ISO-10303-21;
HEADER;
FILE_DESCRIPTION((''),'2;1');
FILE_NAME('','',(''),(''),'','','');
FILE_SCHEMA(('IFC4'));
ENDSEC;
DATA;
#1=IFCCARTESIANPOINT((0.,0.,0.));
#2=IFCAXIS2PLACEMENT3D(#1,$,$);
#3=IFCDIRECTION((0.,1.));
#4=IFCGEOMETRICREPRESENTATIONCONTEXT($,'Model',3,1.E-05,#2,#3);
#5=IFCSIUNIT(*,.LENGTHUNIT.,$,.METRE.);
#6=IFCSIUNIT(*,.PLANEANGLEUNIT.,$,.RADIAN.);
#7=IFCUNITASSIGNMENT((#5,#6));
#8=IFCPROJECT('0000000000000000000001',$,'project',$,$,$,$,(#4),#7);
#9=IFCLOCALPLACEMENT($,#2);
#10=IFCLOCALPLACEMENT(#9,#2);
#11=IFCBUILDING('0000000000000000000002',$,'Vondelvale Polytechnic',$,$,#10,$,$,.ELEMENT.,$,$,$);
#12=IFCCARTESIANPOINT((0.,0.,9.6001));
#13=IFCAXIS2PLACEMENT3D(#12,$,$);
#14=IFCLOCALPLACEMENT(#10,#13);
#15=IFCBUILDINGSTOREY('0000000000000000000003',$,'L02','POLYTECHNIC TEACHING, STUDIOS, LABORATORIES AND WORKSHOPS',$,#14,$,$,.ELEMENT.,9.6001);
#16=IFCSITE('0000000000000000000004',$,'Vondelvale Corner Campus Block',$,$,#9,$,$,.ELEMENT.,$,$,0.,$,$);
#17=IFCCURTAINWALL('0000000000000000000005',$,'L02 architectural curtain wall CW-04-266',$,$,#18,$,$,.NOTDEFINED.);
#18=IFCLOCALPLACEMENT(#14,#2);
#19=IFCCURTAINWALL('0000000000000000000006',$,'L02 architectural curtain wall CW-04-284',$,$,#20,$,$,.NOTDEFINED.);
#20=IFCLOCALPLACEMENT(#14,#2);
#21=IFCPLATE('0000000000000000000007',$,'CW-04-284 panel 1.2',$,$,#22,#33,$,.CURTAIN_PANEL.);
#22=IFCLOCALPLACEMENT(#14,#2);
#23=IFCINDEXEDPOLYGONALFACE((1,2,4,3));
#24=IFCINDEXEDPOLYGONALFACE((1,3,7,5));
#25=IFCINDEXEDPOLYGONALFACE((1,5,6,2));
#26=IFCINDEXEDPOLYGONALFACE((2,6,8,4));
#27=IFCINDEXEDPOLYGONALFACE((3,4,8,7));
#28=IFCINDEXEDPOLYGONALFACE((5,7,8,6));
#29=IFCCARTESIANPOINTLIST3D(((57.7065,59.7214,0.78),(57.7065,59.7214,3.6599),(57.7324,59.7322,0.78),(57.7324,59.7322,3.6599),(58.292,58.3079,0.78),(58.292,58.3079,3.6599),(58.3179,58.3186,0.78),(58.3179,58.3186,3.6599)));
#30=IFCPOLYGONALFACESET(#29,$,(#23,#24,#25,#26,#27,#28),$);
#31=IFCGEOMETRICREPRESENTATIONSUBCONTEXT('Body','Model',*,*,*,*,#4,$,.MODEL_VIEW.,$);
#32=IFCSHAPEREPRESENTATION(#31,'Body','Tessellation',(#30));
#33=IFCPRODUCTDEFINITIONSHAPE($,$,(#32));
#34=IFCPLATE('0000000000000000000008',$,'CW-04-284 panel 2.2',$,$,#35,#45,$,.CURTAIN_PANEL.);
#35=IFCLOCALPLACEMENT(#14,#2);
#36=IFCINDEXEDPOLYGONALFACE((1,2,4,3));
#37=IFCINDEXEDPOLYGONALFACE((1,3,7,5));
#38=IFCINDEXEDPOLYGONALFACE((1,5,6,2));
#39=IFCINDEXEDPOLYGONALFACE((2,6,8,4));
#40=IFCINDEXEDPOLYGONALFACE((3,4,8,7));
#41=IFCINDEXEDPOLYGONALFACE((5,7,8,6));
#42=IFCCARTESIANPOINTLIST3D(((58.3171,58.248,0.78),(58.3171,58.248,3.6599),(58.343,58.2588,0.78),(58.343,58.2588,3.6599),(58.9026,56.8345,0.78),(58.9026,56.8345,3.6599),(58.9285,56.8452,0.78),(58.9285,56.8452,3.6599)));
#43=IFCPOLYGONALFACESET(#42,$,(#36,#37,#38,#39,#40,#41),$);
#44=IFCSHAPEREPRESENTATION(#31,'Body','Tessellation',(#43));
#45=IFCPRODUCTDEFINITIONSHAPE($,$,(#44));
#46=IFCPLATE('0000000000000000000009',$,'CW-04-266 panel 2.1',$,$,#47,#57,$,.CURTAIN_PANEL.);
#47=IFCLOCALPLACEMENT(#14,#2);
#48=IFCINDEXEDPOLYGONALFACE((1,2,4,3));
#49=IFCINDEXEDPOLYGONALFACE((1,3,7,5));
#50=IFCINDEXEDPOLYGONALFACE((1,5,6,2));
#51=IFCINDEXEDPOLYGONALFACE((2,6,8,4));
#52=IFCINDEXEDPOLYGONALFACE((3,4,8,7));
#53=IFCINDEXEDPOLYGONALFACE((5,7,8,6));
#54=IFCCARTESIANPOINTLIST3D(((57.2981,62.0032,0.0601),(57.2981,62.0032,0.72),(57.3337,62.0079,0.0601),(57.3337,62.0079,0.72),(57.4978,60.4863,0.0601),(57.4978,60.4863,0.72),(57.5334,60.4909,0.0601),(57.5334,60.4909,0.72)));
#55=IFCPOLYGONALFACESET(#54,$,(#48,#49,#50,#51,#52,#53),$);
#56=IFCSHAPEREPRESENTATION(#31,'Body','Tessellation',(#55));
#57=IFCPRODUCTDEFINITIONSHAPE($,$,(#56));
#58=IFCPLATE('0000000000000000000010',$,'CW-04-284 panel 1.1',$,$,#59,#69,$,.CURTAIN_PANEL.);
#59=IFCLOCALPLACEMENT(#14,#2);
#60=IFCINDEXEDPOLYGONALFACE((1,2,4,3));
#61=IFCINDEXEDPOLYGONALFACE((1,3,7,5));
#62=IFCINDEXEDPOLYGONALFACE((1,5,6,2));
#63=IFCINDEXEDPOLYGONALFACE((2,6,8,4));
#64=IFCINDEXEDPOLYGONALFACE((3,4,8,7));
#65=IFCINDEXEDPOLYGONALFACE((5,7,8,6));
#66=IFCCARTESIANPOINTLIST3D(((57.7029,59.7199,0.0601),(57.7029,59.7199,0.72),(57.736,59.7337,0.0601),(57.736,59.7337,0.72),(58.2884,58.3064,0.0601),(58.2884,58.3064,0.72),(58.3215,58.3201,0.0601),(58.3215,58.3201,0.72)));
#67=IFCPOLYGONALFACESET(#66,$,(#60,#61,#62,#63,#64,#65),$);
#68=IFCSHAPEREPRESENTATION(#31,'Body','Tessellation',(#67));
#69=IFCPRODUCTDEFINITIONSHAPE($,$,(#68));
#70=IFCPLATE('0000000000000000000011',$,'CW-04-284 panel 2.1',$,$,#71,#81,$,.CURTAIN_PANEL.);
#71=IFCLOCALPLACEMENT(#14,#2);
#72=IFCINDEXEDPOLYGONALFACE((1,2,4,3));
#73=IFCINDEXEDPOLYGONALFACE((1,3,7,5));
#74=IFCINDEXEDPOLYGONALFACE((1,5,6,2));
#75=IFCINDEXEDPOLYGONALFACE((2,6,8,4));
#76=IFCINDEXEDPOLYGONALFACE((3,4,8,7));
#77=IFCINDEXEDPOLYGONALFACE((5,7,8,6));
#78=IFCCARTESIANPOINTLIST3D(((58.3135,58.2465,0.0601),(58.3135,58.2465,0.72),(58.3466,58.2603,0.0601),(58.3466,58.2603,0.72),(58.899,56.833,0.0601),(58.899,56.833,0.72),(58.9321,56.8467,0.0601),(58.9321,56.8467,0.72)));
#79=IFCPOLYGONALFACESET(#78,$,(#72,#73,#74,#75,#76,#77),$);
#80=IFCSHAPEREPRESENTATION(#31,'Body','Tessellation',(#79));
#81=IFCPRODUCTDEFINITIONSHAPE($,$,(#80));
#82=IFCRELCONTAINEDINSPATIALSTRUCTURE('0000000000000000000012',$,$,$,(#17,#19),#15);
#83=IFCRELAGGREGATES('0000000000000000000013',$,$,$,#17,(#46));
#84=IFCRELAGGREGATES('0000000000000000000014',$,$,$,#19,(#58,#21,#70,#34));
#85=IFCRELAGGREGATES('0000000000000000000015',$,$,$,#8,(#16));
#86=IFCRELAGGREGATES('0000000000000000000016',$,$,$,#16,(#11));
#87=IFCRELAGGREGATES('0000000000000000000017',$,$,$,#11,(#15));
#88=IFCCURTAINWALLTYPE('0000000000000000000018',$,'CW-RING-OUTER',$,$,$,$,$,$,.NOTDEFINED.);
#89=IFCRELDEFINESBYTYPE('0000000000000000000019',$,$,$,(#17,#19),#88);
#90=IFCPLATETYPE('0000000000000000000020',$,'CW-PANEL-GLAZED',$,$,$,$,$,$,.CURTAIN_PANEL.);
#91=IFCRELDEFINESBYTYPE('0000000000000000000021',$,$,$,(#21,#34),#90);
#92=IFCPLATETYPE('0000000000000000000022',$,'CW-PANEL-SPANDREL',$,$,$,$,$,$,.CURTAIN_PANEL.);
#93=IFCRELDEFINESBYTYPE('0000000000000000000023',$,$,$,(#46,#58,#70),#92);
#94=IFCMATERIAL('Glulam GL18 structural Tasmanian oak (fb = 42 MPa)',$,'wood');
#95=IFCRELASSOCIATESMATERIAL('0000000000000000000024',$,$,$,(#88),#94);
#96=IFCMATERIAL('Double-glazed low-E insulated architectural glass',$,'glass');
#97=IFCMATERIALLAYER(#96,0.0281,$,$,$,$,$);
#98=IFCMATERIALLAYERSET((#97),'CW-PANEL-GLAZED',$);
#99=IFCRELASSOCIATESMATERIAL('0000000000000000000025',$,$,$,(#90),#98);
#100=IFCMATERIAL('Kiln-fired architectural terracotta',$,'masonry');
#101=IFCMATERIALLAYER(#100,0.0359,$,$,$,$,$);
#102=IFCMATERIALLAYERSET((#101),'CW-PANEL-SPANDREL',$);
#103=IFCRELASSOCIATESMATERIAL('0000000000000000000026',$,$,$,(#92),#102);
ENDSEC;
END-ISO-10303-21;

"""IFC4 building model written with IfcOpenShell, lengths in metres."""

from ifc_helpers import new_model, si_unit, direction, frame, origin, origin_2d, place, context, subcontext, project, spatial, rectangle, extrude, material, layer, layer_set, type_object, element, aggregate, save


model = new_model("IFC4")

# Units and contexts
model_context = context("Model", 3, precision=1e-05, world=origin(), true_north=direction((0.0, 1.0)))
body_context = subcontext(model_context, "Body", "Model", "MODEL_VIEW")
ifc_project = project(units=[si_unit("LENGTHUNIT", "METRE"), si_unit("PLANEANGLEUNIT", "RADIAN")], contexts=[model_context])

# Site, building, storey
site_placement = place(None, origin())
site = spatial("IfcSite", under=ifc_project, at=site_placement, Name="Vondelvale Corner Campus Block", CompositionType="ELEMENT", RefElevation=0.0)
building_placement = place(site_placement, origin())
building = spatial("IfcBuilding", under=site, at=building_placement, Name="Vondelvale Polytechnic", CompositionType="ELEMENT")
storey_placement = place(building_placement, frame((0.0, 0.0, 9.6001)))
storey = spatial("IfcBuildingStorey", under=building, at=storey_placement, Name="L02", Description="POLYTECHNIC TEACHING, STUDIOS, LABORATORIES AND WORKSHOPS", CompositionType="ELEMENT", Elevation=9.6001)

# Shared definitions
ifc_material_1 = material(Name="Glulam GL18 structural Tasmanian oak (fb = 42 MPa)", Category="wood")

# Curtain wall
curtain_wall_type = type_object("IfcCurtainWallType", Name="CW-RING-OUTER", PredefinedType="NOTDEFINED", material=ifc_material_1)
curtain_wall_1_placement = place(storey_placement, origin())
curtain_wall_1 = element("IfcCurtainWall", 1, at=curtain_wall_1_placement, inside=storey, type_object=curtain_wall_type, Name="L02 architectural curtain wall CW-04-266", PredefinedType="NOTDEFINED")

# Curtain wall
curtain_wall_2_placement = place(storey_placement, origin())
curtain_wall_2 = element("IfcCurtainWall", 2, at=curtain_wall_2_placement, inside=storey, type_object=curtain_wall_type, Name="L02 architectural curtain wall CW-04-284", PredefinedType="NOTDEFINED")

# Plates
ifc_material_2 = material(Name="Double-glazed low-E insulated architectural glass", Category="glass")
ifc_layer_1 = layer(ifc_material_2, 0.0281)
ifc_layer_set_1 = layer_set([ifc_layer_1], Name="CW-PANEL-GLAZED")
plate_type_1 = type_object("IfcPlateType", Name="CW-PANEL-GLAZED", PredefinedType="CURTAIN_PANEL", material=ifc_layer_set_1)
plate_1_placement = place(storey_placement, frame((58.0122, 59.02, 0.78), z_axis=(0.0, 0.0, 1.0), x_axis=(0.382677, -0.923882, 0.0)))
plate_1 = element("IfcPlate", 3, at=plate_1_placement, type_object=plate_type_1, Name="CW-04-284 panel 1.2", PredefinedType="CURTAIN_PANEL", context=body_context, shape_type="SweptSolid", body=[
    extrude(rectangle(XDim=1.53, YDim=0.0281, at=origin_2d()), origin(), (0.0, 0.0, 1.0), 2.8799),
])
plate_2_placement = place(storey_placement, frame((58.6228, 57.5466, 0.78), z_axis=(0.0, 0.0, 1.0), x_axis=(0.382677, -0.923882, 0.0)))
plate_2 = element("IfcPlate", 4, at=plate_2_placement, type_object=plate_type_1, Name="CW-04-284 panel 2.2", PredefinedType="CURTAIN_PANEL", context=body_context, shape_type="SweptSolid", body=[
    extrude(rectangle(XDim=1.53, YDim=0.0281, at=origin_2d()), origin(), (0.0, 0.0, 1.0), 2.8799),
])
ifc_material_3 = material(Name="Kiln-fired architectural terracotta", Category="masonry")
ifc_layer_2 = layer(ifc_material_3, 0.0359)
ifc_layer_set_2 = layer_set([ifc_layer_2], Name="CW-PANEL-SPANDREL")
plate_type_2 = type_object("IfcPlateType", Name="CW-PANEL-SPANDREL", PredefinedType="CURTAIN_PANEL", material=ifc_layer_set_2)
plate_3_placement = place(storey_placement, frame((57.4158, 61.2471, 0.0601), z_axis=(0.0, 0.0, 1.0), x_axis=(0.13054, -0.991443, 0.0)))
plate_3 = element("IfcPlate", 5, at=plate_3_placement, type_object=plate_type_2, Name="CW-04-266 panel 2.1", PredefinedType="CURTAIN_PANEL", context=body_context, shape_type="SweptSolid", body=[
    extrude(rectangle(XDim=1.53, YDim=0.0359, at=origin_2d()), origin(), (0.0, 0.0, 1.0), 0.6599),
])
aggregate(curtain_wall_1, [plate_3])
plate_4_placement = place(storey_placement, frame((58.0122, 59.02, 0.0601), z_axis=(0.0, 0.0, 1.0), x_axis=(0.382677, -0.923882, 0.0)))
plate_4 = element("IfcPlate", 6, at=plate_4_placement, type_object=plate_type_2, Name="CW-04-284 panel 1.1", PredefinedType="CURTAIN_PANEL", context=body_context, shape_type="SweptSolid", body=[
    extrude(rectangle(XDim=1.53, YDim=0.0359, at=origin_2d()), origin(), (0.0, 0.0, 1.0), 0.6599),
])
plate_5_placement = place(storey_placement, frame((58.6228, 57.5466, 0.0601), z_axis=(0.0, 0.0, 1.0), x_axis=(0.382677, -0.923882, 0.0)))
plate_5 = element("IfcPlate", 7, at=plate_5_placement, type_object=plate_type_2, Name="CW-04-284 panel 2.1", PredefinedType="CURTAIN_PANEL", context=body_context, shape_type="SweptSolid", body=[
    extrude(rectangle(XDim=1.53, YDim=0.0359, at=origin_2d()), origin(), (0.0, 0.0, 1.0), 0.6599),
])
aggregate(curtain_wall_2, [plate_4, plate_1, plate_5, plate_2])

save(model, "model.ifc")
